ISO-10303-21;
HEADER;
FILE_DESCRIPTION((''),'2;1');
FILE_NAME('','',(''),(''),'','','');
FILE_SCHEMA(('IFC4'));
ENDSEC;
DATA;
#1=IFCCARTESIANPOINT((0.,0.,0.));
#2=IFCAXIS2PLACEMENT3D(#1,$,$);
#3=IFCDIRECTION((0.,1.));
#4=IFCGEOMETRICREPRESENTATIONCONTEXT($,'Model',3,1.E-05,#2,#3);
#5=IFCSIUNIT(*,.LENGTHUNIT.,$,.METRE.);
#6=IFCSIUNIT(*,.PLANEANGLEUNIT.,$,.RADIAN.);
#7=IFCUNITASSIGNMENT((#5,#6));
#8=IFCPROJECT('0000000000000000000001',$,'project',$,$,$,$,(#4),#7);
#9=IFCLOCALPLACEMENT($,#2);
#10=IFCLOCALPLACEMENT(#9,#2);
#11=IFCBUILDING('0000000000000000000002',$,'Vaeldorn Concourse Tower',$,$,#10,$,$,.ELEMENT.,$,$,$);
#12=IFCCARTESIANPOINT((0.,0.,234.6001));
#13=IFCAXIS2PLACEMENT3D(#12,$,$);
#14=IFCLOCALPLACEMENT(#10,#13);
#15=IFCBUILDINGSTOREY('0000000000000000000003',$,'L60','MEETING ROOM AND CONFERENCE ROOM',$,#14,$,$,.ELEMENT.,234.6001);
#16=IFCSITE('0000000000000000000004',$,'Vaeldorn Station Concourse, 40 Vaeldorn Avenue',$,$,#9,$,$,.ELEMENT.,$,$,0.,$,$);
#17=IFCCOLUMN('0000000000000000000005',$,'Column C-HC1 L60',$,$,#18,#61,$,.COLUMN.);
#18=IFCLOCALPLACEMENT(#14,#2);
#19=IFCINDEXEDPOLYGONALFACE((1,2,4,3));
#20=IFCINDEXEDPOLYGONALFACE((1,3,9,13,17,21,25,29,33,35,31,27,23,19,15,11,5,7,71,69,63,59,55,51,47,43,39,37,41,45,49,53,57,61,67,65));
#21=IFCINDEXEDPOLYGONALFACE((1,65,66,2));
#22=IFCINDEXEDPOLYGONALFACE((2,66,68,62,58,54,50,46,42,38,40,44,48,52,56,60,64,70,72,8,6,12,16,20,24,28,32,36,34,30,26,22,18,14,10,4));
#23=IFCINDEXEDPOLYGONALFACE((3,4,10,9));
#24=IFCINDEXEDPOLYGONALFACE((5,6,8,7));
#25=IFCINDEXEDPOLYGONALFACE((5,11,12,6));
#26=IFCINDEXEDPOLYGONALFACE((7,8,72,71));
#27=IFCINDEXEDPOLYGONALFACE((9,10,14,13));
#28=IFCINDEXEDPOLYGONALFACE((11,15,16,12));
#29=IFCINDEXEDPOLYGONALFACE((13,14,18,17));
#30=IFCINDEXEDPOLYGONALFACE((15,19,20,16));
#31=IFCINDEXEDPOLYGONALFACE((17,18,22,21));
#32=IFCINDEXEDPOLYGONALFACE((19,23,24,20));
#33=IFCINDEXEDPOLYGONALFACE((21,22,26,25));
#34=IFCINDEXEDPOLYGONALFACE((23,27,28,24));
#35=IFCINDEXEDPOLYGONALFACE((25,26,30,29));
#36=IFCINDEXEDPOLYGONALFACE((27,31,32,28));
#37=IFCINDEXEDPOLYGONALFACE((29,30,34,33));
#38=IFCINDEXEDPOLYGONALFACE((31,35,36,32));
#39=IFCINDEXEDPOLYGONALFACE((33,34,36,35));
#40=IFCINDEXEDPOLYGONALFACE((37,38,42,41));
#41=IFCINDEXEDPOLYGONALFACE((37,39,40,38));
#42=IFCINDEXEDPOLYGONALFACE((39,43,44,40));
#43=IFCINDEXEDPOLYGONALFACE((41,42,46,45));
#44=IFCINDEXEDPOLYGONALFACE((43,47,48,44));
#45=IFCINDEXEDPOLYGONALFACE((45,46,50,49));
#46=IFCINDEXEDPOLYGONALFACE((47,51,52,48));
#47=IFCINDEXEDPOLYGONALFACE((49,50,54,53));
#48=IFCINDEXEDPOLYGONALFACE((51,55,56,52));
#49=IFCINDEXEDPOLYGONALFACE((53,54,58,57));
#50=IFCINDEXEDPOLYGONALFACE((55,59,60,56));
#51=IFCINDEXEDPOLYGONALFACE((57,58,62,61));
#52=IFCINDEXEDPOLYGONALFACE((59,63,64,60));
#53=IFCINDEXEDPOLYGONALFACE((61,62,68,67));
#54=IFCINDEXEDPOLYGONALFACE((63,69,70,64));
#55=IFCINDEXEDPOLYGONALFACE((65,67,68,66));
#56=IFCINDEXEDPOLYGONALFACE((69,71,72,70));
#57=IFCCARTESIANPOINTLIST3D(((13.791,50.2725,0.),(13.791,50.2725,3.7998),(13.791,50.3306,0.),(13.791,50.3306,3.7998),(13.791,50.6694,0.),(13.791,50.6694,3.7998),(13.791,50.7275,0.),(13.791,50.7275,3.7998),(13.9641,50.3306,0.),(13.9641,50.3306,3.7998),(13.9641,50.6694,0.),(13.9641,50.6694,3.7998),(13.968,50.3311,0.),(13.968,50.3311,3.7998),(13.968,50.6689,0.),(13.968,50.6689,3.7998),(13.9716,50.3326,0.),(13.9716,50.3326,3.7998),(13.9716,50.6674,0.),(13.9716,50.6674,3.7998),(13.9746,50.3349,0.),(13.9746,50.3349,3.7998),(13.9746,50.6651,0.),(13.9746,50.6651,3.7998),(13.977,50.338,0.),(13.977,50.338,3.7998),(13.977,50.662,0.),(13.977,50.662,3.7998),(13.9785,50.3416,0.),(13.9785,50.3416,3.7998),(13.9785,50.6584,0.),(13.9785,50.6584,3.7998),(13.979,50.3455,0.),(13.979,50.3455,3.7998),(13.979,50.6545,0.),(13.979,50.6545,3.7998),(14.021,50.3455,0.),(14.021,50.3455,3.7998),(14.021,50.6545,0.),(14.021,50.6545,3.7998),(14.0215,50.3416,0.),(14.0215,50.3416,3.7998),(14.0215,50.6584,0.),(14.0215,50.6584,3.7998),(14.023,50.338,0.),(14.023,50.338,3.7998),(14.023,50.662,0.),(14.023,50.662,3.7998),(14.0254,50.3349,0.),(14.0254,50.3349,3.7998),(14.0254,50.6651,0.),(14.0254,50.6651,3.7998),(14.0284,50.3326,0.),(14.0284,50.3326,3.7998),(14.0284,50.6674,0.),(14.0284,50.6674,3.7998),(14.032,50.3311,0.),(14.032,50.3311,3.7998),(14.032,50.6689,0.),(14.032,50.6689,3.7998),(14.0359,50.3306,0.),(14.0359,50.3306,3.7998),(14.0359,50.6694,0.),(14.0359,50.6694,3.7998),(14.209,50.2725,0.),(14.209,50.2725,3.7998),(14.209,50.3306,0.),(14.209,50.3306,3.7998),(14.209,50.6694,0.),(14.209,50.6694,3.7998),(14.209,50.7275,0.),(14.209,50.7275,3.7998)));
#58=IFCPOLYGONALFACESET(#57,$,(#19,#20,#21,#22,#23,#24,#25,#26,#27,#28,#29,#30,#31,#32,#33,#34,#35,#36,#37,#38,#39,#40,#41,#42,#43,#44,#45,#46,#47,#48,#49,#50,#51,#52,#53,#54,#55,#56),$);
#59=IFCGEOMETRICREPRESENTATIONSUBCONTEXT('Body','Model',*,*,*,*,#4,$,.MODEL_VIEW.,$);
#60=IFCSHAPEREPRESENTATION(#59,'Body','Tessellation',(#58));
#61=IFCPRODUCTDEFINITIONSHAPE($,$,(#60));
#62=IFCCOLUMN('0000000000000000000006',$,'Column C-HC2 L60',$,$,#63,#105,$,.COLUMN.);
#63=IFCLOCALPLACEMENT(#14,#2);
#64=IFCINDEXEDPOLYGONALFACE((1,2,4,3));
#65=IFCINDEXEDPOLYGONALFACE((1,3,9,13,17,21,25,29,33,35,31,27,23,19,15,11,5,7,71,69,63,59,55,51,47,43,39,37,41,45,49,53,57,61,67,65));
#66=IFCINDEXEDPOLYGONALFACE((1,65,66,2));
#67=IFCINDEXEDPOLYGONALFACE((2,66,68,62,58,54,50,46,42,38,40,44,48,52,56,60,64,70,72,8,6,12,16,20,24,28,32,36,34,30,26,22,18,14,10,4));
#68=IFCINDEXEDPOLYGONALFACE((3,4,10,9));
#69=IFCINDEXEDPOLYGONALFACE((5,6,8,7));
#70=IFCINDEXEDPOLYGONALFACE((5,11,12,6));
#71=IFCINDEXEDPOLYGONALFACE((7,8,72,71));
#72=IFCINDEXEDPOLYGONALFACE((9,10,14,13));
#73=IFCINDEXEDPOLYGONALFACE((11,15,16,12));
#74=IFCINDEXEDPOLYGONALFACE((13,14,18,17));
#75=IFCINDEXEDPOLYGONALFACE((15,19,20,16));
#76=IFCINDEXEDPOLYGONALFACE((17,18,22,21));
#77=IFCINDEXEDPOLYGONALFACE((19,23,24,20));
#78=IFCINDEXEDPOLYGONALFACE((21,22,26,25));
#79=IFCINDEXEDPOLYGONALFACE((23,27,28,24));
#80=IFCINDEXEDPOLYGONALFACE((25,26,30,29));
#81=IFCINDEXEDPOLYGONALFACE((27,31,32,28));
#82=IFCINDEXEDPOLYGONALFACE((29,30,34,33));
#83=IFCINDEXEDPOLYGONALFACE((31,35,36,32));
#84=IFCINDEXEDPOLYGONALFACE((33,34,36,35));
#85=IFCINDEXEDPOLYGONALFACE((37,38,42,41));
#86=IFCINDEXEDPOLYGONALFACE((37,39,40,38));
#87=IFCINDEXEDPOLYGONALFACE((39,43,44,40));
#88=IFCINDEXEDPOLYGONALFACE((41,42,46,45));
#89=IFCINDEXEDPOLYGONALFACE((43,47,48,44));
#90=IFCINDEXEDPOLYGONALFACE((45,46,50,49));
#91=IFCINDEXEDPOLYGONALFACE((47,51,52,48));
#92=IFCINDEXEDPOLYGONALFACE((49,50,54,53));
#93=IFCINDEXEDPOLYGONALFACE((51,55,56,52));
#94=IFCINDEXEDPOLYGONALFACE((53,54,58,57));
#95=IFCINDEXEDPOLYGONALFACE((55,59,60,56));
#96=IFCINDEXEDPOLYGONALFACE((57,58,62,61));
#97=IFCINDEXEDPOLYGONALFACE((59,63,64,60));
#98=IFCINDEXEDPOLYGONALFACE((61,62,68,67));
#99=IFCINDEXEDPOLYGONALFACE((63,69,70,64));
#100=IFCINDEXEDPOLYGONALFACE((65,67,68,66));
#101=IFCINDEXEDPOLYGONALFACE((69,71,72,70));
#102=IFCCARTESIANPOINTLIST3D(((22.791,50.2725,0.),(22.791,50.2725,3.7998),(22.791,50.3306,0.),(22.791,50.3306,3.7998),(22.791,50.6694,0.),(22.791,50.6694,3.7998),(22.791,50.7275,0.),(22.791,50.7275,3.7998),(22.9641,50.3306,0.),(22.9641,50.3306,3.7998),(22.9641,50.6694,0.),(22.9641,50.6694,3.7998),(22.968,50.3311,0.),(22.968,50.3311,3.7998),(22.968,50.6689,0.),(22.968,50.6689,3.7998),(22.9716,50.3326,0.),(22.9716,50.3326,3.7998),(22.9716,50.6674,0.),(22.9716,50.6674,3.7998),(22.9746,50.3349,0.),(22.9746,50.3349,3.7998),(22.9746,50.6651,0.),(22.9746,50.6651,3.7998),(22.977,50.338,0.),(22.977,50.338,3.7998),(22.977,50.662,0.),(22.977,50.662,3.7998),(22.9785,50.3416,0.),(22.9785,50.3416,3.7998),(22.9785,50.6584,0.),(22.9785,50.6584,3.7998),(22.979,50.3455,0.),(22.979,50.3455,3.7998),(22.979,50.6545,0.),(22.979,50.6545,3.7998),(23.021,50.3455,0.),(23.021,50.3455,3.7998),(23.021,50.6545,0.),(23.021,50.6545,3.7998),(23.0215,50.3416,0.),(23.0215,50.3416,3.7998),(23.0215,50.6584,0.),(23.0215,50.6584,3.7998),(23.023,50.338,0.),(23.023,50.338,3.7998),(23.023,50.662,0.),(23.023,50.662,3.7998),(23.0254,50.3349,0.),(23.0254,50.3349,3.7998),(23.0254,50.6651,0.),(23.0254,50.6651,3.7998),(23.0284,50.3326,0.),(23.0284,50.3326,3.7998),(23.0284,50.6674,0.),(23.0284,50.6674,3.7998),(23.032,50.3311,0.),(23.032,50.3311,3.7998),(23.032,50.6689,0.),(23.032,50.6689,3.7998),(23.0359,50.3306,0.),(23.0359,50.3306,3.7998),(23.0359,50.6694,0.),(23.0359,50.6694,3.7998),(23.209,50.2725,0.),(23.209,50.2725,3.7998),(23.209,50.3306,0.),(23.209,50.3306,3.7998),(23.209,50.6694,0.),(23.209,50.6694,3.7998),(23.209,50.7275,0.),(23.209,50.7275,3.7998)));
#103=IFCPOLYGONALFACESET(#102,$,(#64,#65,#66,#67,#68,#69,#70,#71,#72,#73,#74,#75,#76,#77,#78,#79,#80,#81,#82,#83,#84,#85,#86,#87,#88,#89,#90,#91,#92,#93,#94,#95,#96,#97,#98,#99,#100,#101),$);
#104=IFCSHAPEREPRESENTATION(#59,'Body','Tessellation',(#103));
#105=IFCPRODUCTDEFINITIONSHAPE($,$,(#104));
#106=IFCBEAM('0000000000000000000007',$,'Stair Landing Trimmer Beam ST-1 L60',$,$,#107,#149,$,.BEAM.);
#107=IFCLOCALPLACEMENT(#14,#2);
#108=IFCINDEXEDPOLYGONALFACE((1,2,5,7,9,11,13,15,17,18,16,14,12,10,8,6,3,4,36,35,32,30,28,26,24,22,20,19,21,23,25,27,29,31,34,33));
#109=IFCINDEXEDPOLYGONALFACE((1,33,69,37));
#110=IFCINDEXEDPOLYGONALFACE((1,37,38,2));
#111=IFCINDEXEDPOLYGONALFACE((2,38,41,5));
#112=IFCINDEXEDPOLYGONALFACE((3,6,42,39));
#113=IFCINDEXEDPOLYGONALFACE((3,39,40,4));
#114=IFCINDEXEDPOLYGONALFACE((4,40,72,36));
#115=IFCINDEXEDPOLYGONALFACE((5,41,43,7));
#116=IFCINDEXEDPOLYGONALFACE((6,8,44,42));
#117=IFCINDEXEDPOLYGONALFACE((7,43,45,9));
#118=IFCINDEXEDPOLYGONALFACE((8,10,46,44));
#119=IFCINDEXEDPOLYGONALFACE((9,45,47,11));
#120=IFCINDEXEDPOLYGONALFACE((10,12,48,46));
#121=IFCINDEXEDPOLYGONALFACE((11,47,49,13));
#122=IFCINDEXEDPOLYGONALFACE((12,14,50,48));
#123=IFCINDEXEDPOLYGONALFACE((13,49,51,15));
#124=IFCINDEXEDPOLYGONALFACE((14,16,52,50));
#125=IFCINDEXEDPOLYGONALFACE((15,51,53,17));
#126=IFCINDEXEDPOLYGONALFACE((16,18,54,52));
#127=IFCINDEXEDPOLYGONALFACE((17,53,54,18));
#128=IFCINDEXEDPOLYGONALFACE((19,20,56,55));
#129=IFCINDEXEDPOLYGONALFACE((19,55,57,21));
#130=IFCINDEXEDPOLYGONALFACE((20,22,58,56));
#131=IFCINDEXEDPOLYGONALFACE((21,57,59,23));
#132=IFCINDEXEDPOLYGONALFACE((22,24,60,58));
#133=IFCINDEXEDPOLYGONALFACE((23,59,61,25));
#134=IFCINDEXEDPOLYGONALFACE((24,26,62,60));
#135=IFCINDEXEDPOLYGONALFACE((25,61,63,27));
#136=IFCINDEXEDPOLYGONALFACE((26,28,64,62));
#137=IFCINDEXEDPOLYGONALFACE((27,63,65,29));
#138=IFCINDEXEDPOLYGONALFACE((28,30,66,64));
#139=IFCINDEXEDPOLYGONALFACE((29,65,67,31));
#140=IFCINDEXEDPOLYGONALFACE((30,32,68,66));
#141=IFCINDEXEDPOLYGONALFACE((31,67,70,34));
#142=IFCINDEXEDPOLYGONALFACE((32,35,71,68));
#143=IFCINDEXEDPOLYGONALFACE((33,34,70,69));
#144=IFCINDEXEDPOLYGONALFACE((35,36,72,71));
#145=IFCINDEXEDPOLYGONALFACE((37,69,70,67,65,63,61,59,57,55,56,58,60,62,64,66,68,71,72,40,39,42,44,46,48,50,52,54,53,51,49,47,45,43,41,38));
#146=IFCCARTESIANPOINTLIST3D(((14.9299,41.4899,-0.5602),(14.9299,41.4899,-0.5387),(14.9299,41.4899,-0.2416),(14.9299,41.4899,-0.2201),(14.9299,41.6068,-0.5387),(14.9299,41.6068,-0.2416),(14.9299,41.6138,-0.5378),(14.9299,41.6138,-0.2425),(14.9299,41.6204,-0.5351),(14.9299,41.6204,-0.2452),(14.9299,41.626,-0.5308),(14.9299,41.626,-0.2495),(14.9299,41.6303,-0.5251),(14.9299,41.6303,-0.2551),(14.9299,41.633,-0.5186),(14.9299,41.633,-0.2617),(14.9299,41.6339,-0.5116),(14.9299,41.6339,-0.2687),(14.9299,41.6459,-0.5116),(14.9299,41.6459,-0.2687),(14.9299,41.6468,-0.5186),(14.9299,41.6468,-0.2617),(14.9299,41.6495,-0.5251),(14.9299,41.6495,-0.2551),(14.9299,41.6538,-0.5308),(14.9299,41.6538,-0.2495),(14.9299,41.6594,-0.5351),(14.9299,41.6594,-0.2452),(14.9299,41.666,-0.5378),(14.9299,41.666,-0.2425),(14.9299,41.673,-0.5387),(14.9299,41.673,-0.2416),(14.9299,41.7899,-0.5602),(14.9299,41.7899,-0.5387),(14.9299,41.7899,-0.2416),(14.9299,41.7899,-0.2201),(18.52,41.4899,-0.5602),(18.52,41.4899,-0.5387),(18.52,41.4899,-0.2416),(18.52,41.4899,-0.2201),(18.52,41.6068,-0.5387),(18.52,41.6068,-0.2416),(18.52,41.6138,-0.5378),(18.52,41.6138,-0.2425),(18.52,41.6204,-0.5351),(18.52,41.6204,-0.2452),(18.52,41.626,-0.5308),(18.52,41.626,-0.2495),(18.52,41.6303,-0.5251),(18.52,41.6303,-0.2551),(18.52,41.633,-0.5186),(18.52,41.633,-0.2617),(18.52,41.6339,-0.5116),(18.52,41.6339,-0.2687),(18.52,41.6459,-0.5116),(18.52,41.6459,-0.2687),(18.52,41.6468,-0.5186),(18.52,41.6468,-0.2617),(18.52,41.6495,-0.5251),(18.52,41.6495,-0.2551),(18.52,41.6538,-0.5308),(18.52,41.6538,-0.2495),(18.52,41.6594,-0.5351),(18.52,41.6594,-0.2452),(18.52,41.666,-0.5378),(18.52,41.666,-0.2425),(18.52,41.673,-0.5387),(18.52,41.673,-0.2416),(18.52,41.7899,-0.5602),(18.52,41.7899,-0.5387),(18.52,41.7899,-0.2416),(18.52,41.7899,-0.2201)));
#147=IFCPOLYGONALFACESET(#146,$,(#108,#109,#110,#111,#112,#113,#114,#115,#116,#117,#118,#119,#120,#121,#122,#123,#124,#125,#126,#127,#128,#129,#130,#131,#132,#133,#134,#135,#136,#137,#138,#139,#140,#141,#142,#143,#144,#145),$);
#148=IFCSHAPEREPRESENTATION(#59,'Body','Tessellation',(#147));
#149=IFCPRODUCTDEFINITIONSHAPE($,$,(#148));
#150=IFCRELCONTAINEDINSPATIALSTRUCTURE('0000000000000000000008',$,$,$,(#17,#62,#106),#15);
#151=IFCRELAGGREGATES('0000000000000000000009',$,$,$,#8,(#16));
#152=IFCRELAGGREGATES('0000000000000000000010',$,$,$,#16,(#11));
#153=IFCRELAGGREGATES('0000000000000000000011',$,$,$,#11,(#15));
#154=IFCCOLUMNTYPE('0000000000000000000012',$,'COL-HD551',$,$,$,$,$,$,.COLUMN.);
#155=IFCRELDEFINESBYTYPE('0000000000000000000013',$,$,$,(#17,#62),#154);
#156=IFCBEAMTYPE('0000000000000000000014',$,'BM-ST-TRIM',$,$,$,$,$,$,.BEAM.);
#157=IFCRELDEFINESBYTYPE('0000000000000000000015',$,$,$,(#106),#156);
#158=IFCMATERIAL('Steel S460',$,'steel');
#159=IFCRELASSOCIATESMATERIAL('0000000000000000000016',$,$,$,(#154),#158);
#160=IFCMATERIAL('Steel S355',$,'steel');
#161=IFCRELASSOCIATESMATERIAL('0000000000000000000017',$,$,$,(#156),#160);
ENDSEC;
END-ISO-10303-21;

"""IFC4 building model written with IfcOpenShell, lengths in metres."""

from ifc_helpers import new_model, si_unit, direction, frame, origin, origin_2d, place, context, subcontext, project, spatial, i_section, extrude, source, transform, mapped, material, material_profile, profile_set, type_object, element, save


model = new_model("IFC4")

# Units and contexts
model_context = context("Model", 3, precision=1e-05, world=origin(), true_north=direction((0.0, 1.0)))
body_context = subcontext(model_context, "Body", "Model", "MODEL_VIEW")
ifc_project = project(units=[si_unit("LENGTHUNIT", "METRE"), si_unit("PLANEANGLEUNIT", "RADIAN")], contexts=[model_context])

# Site, building, storey
site_placement = place(None, origin())
site = spatial("IfcSite", under=ifc_project, at=site_placement, Name="Vaeldorn Station Concourse, 40 Vaeldorn Avenue", CompositionType="ELEMENT", RefElevation=0.0)
building_placement = place(site_placement, origin())
building = spatial("IfcBuilding", under=site, at=building_placement, Name="Vaeldorn Concourse Tower", CompositionType="ELEMENT")
storey_placement = place(building_placement, frame((0.0, 0.0, 234.6001)))
storey = spatial("IfcBuildingStorey", under=building, at=storey_placement, Name="L60", Description="MEETING ROOM AND CONFERENCE ROOM", CompositionType="ELEMENT", Elevation=234.6001)

# Columns
ifc_material_1 = material(Name="Steel S460", Category="steel")
ifc_material_profile_1 = material_profile(ifc_material_1, i_section(OverallWidth=0.418, OverallDepth=0.4551, WebThickness=0.042, FlangeThickness=0.0581, FilletRadius=0.0149, at=origin_2d()), Name="HD 400x551")
ifc_profile_set_1 = profile_set([ifc_material_profile_1], Name="Steel S460")
column_type = type_object("IfcColumnType", Name="COL-HD551", PredefinedType="COLUMN", material=ifc_profile_set_1)
shared_shape_1 = source(origin(), body_context, "Body", "SweptSolid", [
    extrude(i_section(OverallWidth=0.418, OverallDepth=0.4551, WebThickness=0.042, FlangeThickness=0.0581, FilletRadius=0.0149, at=origin_2d()), origin(), (0.0, 0.0, 1.0), 3.7998),
])
for number, where, z_axis, x_axis, name in (
    (1, (14.0, 50.5, 0.0), (0.0, 0.0, 1.0), (1.0, 0.0, 0.0), "Column C-HC1 L60"),
    (2, (23.0, 50.5, 0.0), (0.0, 0.0, 1.0), (1.0, 0.0, 0.0), "Column C-HC2 L60"),
):
    element("IfcColumn", number, at=place(storey_placement, frame(where, z_axis=z_axis, x_axis=x_axis)), inside=storey, type_object=column_type, Name=name, PredefinedType="COLUMN", context=body_context, shape_type="MappedRepresentation", body=[
        mapped(shared_shape_1, transform((0.0, 0.0, 0.0), scale=1.0)),
    ])

# Beam
ifc_material_2 = material(Name="Steel S355", Category="steel")
ifc_material_profile_2 = material_profile(ifc_material_2, i_section(OverallWidth=0.3, OverallDepth=0.3401, WebThickness=0.012, FlangeThickness=0.0215, FilletRadius=0.0271, at=origin_2d()), Name="HEB 340")
ifc_profile_set_2 = profile_set([ifc_material_profile_2], Name="Steel S355")
beam_type_1 = type_object("IfcBeamType", Name="BM-ST-TRIM", PredefinedType="BEAM", material=ifc_profile_set_2)
shared_shape_2 = source(origin(), body_context, "Body", "SweptSolid", [
    extrude(i_section(OverallWidth=0.3, OverallDepth=0.3401, WebThickness=0.012, FlangeThickness=0.0215, FilletRadius=0.0271, at=origin_2d()), origin(), (0.0, 0.0, 1.0), 3.5901),
])
beam_1_placement = place(storey_placement, frame((14.9299, 41.6399, -0.3901), z_axis=(1.0, 0.0, 0.0), x_axis=(0.0, 1.0, 0.0)))
element("IfcBeam", 3, at=beam_1_placement, inside=storey, type_object=beam_type_1, Name="Stair Landing Trimmer Beam ST-1 L60", PredefinedType="BEAM", context=body_context, shape_type="MappedRepresentation", body=[
    mapped(shared_shape_2, transform((0.0, 0.0, 0.0), scale=1.0)),
])

save(model, "model.ifc")
